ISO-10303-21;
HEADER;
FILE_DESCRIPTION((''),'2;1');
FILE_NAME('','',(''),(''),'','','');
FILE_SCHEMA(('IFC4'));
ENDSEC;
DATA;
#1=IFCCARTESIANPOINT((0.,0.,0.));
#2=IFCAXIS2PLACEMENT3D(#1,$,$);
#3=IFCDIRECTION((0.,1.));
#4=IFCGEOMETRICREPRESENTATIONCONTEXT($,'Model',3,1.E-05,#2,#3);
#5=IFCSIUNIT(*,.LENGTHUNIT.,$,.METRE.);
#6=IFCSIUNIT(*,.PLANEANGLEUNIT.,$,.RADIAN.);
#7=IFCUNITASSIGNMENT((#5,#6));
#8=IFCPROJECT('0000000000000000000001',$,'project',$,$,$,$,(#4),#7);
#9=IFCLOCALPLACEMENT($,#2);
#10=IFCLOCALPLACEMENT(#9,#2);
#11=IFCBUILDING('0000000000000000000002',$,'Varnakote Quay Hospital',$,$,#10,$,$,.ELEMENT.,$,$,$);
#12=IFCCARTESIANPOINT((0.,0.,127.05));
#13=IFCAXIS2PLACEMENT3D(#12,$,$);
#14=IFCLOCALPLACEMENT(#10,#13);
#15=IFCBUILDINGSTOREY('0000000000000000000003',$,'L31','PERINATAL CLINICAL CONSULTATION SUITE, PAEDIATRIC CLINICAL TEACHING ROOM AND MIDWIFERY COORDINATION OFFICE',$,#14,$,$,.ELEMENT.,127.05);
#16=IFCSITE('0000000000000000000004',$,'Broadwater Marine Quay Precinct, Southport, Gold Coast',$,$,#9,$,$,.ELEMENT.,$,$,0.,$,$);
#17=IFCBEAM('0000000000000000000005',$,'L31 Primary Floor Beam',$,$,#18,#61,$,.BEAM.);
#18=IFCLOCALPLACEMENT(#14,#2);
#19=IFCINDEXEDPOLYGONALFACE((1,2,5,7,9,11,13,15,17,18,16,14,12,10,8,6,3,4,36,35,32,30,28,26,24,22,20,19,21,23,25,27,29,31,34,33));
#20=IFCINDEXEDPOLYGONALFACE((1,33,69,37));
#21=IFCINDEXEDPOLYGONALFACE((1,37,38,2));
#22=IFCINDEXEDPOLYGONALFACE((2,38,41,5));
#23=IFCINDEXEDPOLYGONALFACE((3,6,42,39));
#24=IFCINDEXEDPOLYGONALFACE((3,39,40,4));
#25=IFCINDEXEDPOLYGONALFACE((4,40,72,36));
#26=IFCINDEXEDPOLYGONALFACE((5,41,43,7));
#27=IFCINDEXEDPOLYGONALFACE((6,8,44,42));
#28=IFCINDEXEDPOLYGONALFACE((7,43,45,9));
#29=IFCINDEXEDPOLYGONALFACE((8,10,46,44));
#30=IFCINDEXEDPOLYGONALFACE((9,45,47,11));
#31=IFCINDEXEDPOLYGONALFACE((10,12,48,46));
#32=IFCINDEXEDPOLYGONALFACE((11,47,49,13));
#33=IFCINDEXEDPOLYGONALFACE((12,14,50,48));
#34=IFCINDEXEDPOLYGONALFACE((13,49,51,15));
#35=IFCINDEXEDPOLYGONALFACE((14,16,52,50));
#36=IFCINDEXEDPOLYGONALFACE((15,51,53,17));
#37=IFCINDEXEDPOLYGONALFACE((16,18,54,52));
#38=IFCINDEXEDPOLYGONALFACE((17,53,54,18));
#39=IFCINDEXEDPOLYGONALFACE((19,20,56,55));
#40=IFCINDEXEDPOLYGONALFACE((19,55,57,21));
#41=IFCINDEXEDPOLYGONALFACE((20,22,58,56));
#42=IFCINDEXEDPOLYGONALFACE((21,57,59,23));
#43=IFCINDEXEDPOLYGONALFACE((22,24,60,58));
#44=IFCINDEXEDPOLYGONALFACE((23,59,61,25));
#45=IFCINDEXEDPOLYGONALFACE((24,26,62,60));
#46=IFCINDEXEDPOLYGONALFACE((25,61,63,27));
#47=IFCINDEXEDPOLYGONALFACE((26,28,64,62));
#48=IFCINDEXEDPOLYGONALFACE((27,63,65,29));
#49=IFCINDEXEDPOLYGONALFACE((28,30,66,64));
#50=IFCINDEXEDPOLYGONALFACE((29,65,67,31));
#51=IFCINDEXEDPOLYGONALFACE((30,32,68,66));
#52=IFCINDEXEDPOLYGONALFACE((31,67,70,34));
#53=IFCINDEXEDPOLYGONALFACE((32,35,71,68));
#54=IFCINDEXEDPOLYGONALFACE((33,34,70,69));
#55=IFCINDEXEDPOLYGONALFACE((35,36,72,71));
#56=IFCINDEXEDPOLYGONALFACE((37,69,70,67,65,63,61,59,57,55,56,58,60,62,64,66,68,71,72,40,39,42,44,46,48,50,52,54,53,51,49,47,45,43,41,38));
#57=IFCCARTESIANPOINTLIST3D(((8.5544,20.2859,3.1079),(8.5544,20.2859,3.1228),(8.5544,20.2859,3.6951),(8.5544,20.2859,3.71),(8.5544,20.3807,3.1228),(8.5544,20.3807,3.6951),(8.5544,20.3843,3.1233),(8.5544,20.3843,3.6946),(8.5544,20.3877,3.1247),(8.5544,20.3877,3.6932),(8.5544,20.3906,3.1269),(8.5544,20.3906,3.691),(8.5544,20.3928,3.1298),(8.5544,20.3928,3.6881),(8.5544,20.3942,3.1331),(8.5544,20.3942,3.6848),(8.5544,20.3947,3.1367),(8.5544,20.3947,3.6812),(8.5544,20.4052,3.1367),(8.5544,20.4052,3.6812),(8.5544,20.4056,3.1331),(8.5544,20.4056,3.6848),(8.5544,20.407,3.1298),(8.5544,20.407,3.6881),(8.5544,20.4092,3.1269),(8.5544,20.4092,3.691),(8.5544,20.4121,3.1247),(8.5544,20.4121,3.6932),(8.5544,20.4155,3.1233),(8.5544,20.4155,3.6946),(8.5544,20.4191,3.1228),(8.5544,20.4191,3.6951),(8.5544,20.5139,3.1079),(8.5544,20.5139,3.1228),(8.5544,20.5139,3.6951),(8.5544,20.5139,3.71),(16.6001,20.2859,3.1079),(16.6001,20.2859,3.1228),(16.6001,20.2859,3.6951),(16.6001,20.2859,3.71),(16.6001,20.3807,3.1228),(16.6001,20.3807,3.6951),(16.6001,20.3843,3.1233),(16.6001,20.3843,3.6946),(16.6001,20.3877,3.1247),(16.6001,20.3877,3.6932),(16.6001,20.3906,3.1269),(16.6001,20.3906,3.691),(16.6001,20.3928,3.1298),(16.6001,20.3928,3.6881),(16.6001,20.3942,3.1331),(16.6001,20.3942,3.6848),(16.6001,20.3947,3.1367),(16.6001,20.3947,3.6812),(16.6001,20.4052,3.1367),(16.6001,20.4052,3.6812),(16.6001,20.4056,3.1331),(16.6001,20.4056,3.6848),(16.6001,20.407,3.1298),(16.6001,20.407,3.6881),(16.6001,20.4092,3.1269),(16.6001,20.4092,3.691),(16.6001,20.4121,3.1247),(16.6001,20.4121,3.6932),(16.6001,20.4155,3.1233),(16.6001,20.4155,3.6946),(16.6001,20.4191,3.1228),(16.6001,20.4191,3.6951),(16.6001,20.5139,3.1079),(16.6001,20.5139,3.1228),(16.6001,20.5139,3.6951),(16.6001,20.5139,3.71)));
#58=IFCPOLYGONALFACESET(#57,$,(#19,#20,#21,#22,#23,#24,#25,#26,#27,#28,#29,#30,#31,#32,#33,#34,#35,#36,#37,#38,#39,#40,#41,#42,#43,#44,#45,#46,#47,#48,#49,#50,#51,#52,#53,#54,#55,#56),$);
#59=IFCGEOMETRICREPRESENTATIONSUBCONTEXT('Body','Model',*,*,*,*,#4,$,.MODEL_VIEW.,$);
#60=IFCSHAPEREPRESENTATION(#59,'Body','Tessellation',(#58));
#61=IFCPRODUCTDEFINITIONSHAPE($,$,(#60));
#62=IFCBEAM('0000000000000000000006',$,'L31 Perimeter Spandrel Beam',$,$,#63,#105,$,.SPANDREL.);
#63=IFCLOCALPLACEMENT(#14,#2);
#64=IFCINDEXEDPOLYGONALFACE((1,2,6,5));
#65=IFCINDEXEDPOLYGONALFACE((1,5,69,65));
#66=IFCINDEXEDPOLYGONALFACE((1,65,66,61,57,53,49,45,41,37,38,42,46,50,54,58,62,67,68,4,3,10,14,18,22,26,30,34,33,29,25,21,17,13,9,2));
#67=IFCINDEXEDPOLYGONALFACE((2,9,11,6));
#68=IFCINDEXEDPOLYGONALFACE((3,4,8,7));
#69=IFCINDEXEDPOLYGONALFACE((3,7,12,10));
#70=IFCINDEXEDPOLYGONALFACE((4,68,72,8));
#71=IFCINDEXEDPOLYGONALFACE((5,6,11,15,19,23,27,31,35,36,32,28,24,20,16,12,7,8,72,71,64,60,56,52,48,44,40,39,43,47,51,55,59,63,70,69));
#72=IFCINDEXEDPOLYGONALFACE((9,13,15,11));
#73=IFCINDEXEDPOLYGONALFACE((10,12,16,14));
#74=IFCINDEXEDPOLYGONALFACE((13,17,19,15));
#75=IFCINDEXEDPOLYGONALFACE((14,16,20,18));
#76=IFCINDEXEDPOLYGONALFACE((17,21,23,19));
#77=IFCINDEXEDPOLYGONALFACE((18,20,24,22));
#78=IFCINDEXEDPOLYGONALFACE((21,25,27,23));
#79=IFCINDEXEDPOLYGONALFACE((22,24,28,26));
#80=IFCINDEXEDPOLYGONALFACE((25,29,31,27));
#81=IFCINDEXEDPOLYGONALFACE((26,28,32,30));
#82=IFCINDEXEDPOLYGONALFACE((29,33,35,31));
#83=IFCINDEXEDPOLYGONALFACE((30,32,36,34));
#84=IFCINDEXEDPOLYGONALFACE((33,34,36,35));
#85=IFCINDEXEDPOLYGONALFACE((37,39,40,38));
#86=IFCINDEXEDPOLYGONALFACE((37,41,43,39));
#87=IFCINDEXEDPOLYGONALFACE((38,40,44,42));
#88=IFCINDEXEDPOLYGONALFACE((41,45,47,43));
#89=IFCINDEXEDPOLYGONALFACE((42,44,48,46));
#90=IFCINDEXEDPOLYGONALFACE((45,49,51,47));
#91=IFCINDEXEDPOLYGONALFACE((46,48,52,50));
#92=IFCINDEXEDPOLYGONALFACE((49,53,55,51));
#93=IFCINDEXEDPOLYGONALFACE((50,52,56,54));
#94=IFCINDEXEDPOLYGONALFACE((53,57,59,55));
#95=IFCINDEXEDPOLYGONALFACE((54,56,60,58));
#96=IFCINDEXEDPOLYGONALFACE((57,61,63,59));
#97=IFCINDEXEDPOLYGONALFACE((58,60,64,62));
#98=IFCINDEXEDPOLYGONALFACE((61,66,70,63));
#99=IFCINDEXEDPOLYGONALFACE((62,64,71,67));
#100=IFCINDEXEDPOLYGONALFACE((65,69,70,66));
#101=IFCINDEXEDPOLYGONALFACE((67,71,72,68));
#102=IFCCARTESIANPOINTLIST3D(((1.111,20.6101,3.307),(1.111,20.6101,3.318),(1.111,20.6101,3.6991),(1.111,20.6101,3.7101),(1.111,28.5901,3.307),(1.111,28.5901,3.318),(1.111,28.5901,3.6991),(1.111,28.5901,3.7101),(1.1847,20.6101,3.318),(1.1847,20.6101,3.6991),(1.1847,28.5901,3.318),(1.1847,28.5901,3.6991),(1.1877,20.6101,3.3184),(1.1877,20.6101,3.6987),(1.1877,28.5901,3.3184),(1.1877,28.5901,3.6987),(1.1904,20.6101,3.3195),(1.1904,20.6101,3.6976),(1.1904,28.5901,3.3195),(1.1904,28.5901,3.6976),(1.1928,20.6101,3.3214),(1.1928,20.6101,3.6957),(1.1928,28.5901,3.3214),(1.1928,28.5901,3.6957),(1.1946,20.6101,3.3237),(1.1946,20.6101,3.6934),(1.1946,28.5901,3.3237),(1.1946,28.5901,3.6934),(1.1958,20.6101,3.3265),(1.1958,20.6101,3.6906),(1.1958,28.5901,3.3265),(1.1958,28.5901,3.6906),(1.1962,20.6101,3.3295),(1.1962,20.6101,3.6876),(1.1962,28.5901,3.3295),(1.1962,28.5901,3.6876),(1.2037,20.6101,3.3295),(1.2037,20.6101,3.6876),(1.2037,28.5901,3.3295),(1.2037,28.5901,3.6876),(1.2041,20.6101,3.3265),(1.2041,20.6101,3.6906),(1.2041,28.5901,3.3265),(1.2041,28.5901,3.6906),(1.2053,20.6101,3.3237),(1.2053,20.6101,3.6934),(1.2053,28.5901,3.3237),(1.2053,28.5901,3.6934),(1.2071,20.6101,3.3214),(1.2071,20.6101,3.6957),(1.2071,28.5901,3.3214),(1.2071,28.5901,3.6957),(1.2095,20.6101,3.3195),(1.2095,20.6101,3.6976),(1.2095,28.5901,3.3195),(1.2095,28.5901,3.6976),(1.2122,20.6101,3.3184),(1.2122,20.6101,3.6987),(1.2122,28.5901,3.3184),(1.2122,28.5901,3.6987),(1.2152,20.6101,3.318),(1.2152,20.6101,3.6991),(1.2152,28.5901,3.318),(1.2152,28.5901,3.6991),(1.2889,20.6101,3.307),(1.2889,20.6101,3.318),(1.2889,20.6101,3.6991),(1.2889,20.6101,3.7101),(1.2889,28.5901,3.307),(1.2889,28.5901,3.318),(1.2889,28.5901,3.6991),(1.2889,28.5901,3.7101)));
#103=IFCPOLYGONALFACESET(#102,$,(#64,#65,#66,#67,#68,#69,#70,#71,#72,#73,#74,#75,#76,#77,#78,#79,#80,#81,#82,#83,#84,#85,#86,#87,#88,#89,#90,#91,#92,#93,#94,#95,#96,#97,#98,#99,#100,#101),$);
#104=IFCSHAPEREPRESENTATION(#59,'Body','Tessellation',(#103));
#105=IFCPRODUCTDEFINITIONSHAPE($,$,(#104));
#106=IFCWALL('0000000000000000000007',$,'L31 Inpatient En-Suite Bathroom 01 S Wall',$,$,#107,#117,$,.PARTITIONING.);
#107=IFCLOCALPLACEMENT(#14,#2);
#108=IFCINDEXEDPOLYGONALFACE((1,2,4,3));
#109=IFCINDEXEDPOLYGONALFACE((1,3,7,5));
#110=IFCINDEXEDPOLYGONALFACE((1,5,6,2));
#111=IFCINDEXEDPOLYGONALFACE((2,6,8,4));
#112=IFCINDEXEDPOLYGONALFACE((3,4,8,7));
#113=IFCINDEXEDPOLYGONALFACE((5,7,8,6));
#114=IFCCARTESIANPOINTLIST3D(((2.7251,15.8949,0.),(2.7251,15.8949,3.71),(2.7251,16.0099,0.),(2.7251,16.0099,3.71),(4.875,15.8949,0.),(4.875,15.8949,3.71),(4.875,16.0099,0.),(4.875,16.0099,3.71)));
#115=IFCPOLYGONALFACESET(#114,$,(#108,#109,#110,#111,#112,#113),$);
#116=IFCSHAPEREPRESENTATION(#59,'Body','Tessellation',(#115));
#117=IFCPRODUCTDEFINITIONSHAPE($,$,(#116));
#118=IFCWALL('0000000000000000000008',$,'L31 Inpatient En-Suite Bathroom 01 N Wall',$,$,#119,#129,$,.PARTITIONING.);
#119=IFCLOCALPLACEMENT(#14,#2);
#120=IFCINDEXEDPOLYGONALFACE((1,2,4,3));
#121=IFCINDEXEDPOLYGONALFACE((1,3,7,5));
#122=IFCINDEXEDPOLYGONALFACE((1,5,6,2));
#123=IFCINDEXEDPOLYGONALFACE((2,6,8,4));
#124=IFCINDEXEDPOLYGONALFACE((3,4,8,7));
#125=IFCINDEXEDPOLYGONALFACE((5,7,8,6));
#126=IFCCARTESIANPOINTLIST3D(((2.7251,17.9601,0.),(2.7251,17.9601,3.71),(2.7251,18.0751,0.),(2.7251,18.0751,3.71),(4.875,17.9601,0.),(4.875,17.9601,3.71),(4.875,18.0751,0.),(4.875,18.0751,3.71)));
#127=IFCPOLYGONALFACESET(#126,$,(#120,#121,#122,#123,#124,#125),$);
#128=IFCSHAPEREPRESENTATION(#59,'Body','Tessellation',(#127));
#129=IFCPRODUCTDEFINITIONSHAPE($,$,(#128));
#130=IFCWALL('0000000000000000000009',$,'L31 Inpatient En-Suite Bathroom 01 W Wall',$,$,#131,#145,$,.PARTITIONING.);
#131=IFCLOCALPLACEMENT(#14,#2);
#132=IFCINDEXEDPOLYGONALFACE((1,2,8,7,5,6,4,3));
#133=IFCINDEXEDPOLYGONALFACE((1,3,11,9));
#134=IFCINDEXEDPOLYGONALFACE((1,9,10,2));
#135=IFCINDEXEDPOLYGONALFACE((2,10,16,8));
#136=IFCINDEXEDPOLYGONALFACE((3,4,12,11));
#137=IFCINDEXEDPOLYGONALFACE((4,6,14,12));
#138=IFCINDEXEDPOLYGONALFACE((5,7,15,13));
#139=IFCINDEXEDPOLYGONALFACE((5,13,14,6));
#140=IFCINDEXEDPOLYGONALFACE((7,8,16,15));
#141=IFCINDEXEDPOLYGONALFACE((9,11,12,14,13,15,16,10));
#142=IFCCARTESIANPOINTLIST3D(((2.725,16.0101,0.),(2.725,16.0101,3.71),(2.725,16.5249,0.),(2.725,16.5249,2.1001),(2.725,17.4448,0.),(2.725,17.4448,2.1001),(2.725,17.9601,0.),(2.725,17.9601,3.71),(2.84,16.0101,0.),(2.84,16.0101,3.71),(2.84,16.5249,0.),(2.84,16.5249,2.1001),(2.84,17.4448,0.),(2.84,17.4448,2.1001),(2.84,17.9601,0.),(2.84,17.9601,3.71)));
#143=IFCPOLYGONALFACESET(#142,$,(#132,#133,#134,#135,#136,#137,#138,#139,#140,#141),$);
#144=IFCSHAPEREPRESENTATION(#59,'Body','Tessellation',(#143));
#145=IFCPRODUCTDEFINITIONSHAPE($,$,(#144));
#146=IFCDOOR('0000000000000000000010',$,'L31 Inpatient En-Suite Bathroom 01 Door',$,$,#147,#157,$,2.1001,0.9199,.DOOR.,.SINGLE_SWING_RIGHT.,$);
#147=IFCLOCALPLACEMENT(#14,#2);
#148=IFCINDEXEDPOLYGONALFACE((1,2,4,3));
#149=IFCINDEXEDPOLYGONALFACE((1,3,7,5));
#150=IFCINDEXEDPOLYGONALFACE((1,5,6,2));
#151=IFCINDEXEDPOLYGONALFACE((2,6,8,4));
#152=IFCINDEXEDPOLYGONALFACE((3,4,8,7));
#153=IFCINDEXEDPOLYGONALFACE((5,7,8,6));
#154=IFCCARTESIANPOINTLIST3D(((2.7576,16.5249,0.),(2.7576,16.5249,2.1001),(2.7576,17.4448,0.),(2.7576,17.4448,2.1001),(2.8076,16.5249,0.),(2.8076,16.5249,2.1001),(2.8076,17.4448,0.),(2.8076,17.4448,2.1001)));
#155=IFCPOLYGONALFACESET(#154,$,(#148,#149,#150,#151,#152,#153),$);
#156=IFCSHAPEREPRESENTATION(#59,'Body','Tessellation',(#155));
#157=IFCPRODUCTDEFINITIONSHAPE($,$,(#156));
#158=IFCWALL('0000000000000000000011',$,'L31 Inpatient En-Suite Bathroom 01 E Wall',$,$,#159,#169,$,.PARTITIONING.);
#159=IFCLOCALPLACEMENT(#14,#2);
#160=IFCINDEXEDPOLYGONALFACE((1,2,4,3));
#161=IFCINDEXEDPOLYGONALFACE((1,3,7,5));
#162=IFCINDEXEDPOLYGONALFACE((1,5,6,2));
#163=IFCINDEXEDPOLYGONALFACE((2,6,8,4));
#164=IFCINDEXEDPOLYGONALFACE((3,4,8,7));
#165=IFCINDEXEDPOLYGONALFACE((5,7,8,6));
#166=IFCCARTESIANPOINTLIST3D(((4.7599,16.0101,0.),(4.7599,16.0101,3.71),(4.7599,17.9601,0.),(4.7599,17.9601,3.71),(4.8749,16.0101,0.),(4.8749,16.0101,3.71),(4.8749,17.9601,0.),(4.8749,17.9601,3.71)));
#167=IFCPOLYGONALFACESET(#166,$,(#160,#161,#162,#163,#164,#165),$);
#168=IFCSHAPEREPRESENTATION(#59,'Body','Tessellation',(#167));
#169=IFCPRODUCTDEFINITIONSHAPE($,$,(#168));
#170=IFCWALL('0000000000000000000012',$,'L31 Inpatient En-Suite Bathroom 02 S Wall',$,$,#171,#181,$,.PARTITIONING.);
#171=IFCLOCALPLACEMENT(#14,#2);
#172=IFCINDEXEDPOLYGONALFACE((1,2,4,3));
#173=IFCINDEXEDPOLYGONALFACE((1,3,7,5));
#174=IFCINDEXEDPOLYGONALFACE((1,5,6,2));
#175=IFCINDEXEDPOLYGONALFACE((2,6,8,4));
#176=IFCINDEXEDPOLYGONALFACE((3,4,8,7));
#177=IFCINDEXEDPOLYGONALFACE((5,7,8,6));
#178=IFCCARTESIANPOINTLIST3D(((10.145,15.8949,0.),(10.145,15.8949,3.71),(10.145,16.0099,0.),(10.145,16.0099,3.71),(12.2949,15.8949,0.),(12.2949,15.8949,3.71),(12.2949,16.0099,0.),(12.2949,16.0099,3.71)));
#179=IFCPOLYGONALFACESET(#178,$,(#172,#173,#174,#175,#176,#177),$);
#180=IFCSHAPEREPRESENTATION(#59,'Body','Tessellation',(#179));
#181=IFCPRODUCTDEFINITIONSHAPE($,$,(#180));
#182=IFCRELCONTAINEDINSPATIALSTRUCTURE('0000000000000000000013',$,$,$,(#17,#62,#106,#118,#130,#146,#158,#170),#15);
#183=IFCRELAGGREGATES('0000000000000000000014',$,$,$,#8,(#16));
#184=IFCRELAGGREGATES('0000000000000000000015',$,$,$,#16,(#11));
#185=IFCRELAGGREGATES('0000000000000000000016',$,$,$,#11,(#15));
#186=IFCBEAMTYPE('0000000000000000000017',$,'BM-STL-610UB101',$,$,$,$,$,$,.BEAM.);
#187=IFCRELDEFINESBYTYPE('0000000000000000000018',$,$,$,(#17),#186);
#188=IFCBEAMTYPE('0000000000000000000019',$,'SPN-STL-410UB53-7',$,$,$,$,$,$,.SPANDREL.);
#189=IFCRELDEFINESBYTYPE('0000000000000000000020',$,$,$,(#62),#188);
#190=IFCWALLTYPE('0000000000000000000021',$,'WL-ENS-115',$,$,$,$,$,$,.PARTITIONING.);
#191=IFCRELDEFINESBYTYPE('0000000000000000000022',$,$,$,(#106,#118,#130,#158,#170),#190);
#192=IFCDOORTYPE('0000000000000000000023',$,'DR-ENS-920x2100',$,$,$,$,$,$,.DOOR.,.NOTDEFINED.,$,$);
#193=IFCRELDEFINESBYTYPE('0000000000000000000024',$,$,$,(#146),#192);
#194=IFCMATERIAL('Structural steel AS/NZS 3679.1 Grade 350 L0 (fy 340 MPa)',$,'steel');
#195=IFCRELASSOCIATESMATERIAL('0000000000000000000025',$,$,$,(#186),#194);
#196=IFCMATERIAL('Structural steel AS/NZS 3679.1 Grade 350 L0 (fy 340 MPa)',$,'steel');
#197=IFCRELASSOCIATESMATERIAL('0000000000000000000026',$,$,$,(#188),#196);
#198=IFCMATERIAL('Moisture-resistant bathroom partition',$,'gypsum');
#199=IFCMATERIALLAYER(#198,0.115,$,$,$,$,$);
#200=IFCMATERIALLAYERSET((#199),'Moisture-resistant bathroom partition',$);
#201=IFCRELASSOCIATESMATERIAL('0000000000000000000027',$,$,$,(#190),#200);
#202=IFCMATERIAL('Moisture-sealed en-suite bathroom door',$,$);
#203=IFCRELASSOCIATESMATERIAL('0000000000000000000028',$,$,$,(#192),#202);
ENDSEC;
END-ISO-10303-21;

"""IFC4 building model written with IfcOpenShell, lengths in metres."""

from ifc_helpers import new_model, si_unit, direction, frame, frame_2d, origin, origin_2d, place, context, subcontext, project, spatial, rectangle, i_section, extrude, material, layer, layer_set, material_profile, profile_set, type_object, element, fill, save


model = new_model("IFC4")

# Units and contexts
model_context = context("Model", 3, precision=1e-05, world=origin(), true_north=direction((0.0, 1.0)))
body_context = subcontext(model_context, "Body", "Model", "MODEL_VIEW")
ifc_project = project(units=[si_unit("LENGTHUNIT", "METRE"), si_unit("PLANEANGLEUNIT", "RADIAN")], contexts=[model_context])

# Site, building, storey
site_placement = place(None, origin())
site = spatial("IfcSite", under=ifc_project, at=site_placement, Name="Broadwater Marine Quay Precinct, Southport, Gold Coast", CompositionType="ELEMENT", RefElevation=0.0)
building_placement = place(site_placement, origin())
building = spatial("IfcBuilding", under=site, at=building_placement, Name="Varnakote Quay Hospital", CompositionType="ELEMENT")
storey_placement = place(building_placement, frame((0.0, 0.0, 127.05)))
storey = spatial("IfcBuildingStorey", under=building, at=storey_placement, Name="L31", Description="PERINATAL CLINICAL CONSULTATION SUITE, PAEDIATRIC CLINICAL TEACHING ROOM AND MIDWIFERY COORDINATION OFFICE", CompositionType="ELEMENT", Elevation=127.05)

# Beams
ifc_material_1 = material(Name="Structural steel AS/NZS 3679.1 Grade 350 L0 (fy 340 MPa)", Category="steel")
ifc_material_profile_1 = material_profile(ifc_material_1, i_section(OverallWidth=0.228, OverallDepth=0.6021, WebThickness=0.0105, FlangeThickness=0.0149, FilletRadius=0.0139, at=origin_2d()), Name="610UB101")
ifc_profile_set_1 = profile_set([ifc_material_profile_1], Name="Structural steel AS/NZS 3679.1 Grade 350 L0 (fy 340 MPa)")
beam_type_1 = type_object("IfcBeamType", Name="BM-STL-610UB101", PredefinedType="BEAM", material=ifc_profile_set_1)
beam_1_placement = place(storey_placement, frame((8.5544, 20.3999, 3.4089), z_axis=(1.0, 0.0, 0.0), x_axis=(0.0, 1.0, 0.0)))
element("IfcBeam", 1, at=beam_1_placement, inside=storey, type_object=beam_type_1, Name="L31 Primary Floor Beam", PredefinedType="BEAM", context=body_context, shape_type="SweptSolid", body=[
    extrude(i_section(OverallWidth=0.228, OverallDepth=0.6021, WebThickness=0.0105, FlangeThickness=0.0149, FilletRadius=0.0139, at=origin_2d()), origin(), (0.0, 0.0, 1.0), 8.0457),
])
ifc_material_2 = material(Name="Structural steel AS/NZS 3679.1 Grade 350 L0 (fy 340 MPa)", Category="steel")
ifc_material_profile_2 = material_profile(ifc_material_2, i_section(OverallWidth=0.178, OverallDepth=0.4031, WebThickness=0.0076, FlangeThickness=0.011, FilletRadius=0.0115, at=origin_2d()), Name="410UB53.7")
ifc_profile_set_2 = profile_set([ifc_material_profile_2], Name="Structural steel AS/NZS 3679.1 Grade 350 L0 (fy 340 MPa)")
beam_type_2 = type_object("IfcBeamType", Name="SPN-STL-410UB53-7", PredefinedType="SPANDREL", material=ifc_profile_set_2)
beam_2_placement = place(storey_placement, frame((1.2, 20.6101, 3.5085), z_axis=(0.0, 1.0, 0.0), x_axis=(-1.0, 0.0, 0.0)))
element("IfcBeam", 2, at=beam_2_placement, inside=storey, type_object=beam_type_2, Name="L31 Perimeter Spandrel Beam", PredefinedType="SPANDREL", context=body_context, shape_type="SweptSolid", body=[
    extrude(i_section(OverallWidth=0.178, OverallDepth=0.4031, WebThickness=0.0076, FlangeThickness=0.011, FilletRadius=0.0115, at=origin_2d()), origin(), (0.0, 0.0, 1.0), 7.98),
])

# Walls
ifc_material_3 = material(Name="Moisture-resistant bathroom partition", Category="gypsum")
ifc_layer_1 = layer(ifc_material_3, 0.115)
ifc_layer_set_1 = layer_set([ifc_layer_1], Name="Moisture-resistant bathroom partition")
wall_type_1 = type_object("IfcWallType", Name="WL-ENS-115", PredefinedType="PARTITIONING", material=ifc_layer_set_1)
for number, where, z_axis, x_axis, name in (
    (3, (2.7251, 15.9524, 0.0), (0.0, 0.0, 1.0), (1.0, 0.0, 0.0), "L31 Inpatient En-Suite Bathroom 01 S Wall"),
    (4, (2.7251, 18.0176, 0.0), (0.0, 0.0, 1.0), (1.0, 0.0, 0.0), "L31 Inpatient En-Suite Bathroom 01 N Wall"),
):
    element("IfcWall", number, at=place(storey_placement, frame(where, z_axis=z_axis, x_axis=x_axis)), inside=storey, type_object=wall_type_1, Name=name, PredefinedType="PARTITIONING", context=body_context, shape_type="SweptSolid", body=[
        extrude(rectangle(XDim=2.1499, YDim=0.115, at=frame_2d((1.075, 0.0))), origin(), (0.0, 0.0, 1.0), 3.71),
    ])

# Wall, opening, door
wall_1_placement = place(storey_placement, frame((2.7825, 16.01, 0.0), z_axis=(0.0, 0.0, 1.0), x_axis=(0.0, 1.0, 0.0)))
wall_1 = element("IfcWall", 5, at=wall_1_placement, inside=storey, type_object=wall_type_1, Name="L31 Inpatient En-Suite Bathroom 01 W Wall", PredefinedType="PARTITIONING", context=body_context, shape_type="SweptSolid", body=[
    extrude(rectangle(XDim=1.95, YDim=0.115, at=frame_2d((0.9751, 0.0))), origin(), (0.0, 0.0, 1.0), 3.71),
])
opening_1_placement = place(wall_1_placement, frame((0.5149, 0.0, 0.0)))
opening_1 = element("IfcOpeningElement", 6, at=opening_1_placement, cuts=wall_1, PredefinedType="OPENING", context=body_context, shape_type="SweptSolid", body=[
    extrude(rectangle(XDim=0.9199, YDim=2.1001, at=frame_2d((0.46, 1.05))), frame((0.0, 0.0674, 0.0), z_axis=(0.0, -1.0, 0.0), x_axis=(1.0, 0.0, 0.0)), (0.0, 0.0, 1.0), 0.135),
])
ifc_material_4 = material(Name="Moisture-sealed en-suite bathroom door")
door_type_1 = type_object("IfcDoorType", Name="DR-ENS-920x2100", OperationType="NOTDEFINED", PredefinedType="DOOR", material=ifc_material_4)
door_1_placement = place(opening_1_placement, origin())
door_1 = element("IfcDoor", 7, at=door_1_placement, inside=storey, type_object=door_type_1, Name="L31 Inpatient En-Suite Bathroom 01 Door", OperationType="SINGLE_SWING_RIGHT", OverallHeight=2.1001, OverallWidth=0.9199, PredefinedType="DOOR", context=body_context, shape_type="SweptSolid", body=[
    extrude(rectangle(XDim=0.9199, YDim=2.1001, at=frame_2d((0.46, 1.05))), frame((0.0, 0.0249, 0.0), z_axis=(0.0, -1.0, 0.0), x_axis=(1.0, 0.0, 0.0)), (0.0, 0.0, 1.0), 0.05),
])
fill(opening_1, door_1)

# Walls
wall_2_placement = place(storey_placement, frame((4.8174, 16.01, 0.0), z_axis=(0.0, 0.0, 1.0), x_axis=(0.0, 1.0, 0.0)))
element("IfcWall", 8, at=wall_2_placement, inside=storey, type_object=wall_type_1, Name="L31 Inpatient En-Suite Bathroom 01 E Wall", PredefinedType="PARTITIONING", context=body_context, shape_type="SweptSolid", body=[
    extrude(rectangle(XDim=1.95, YDim=0.115, at=frame_2d((0.9751, 0.0))), origin(), (0.0, 0.0, 1.0), 3.71),
])
wall_3_placement = place(storey_placement, frame((10.145, 15.9524, 0.0), z_axis=(0.0, 0.0, 1.0), x_axis=(1.0, 0.0, 0.0)))
element("IfcWall", 9, at=wall_3_placement, inside=storey, type_object=wall_type_1, Name="L31 Inpatient En-Suite Bathroom 02 S Wall", PredefinedType="PARTITIONING", context=body_context, shape_type="SweptSolid", body=[
    extrude(rectangle(XDim=2.1499, YDim=0.115, at=frame_2d((1.075, 0.0))), origin(), (0.0, 0.0, 1.0), 3.71),
])

save(model, "model.ifc")
